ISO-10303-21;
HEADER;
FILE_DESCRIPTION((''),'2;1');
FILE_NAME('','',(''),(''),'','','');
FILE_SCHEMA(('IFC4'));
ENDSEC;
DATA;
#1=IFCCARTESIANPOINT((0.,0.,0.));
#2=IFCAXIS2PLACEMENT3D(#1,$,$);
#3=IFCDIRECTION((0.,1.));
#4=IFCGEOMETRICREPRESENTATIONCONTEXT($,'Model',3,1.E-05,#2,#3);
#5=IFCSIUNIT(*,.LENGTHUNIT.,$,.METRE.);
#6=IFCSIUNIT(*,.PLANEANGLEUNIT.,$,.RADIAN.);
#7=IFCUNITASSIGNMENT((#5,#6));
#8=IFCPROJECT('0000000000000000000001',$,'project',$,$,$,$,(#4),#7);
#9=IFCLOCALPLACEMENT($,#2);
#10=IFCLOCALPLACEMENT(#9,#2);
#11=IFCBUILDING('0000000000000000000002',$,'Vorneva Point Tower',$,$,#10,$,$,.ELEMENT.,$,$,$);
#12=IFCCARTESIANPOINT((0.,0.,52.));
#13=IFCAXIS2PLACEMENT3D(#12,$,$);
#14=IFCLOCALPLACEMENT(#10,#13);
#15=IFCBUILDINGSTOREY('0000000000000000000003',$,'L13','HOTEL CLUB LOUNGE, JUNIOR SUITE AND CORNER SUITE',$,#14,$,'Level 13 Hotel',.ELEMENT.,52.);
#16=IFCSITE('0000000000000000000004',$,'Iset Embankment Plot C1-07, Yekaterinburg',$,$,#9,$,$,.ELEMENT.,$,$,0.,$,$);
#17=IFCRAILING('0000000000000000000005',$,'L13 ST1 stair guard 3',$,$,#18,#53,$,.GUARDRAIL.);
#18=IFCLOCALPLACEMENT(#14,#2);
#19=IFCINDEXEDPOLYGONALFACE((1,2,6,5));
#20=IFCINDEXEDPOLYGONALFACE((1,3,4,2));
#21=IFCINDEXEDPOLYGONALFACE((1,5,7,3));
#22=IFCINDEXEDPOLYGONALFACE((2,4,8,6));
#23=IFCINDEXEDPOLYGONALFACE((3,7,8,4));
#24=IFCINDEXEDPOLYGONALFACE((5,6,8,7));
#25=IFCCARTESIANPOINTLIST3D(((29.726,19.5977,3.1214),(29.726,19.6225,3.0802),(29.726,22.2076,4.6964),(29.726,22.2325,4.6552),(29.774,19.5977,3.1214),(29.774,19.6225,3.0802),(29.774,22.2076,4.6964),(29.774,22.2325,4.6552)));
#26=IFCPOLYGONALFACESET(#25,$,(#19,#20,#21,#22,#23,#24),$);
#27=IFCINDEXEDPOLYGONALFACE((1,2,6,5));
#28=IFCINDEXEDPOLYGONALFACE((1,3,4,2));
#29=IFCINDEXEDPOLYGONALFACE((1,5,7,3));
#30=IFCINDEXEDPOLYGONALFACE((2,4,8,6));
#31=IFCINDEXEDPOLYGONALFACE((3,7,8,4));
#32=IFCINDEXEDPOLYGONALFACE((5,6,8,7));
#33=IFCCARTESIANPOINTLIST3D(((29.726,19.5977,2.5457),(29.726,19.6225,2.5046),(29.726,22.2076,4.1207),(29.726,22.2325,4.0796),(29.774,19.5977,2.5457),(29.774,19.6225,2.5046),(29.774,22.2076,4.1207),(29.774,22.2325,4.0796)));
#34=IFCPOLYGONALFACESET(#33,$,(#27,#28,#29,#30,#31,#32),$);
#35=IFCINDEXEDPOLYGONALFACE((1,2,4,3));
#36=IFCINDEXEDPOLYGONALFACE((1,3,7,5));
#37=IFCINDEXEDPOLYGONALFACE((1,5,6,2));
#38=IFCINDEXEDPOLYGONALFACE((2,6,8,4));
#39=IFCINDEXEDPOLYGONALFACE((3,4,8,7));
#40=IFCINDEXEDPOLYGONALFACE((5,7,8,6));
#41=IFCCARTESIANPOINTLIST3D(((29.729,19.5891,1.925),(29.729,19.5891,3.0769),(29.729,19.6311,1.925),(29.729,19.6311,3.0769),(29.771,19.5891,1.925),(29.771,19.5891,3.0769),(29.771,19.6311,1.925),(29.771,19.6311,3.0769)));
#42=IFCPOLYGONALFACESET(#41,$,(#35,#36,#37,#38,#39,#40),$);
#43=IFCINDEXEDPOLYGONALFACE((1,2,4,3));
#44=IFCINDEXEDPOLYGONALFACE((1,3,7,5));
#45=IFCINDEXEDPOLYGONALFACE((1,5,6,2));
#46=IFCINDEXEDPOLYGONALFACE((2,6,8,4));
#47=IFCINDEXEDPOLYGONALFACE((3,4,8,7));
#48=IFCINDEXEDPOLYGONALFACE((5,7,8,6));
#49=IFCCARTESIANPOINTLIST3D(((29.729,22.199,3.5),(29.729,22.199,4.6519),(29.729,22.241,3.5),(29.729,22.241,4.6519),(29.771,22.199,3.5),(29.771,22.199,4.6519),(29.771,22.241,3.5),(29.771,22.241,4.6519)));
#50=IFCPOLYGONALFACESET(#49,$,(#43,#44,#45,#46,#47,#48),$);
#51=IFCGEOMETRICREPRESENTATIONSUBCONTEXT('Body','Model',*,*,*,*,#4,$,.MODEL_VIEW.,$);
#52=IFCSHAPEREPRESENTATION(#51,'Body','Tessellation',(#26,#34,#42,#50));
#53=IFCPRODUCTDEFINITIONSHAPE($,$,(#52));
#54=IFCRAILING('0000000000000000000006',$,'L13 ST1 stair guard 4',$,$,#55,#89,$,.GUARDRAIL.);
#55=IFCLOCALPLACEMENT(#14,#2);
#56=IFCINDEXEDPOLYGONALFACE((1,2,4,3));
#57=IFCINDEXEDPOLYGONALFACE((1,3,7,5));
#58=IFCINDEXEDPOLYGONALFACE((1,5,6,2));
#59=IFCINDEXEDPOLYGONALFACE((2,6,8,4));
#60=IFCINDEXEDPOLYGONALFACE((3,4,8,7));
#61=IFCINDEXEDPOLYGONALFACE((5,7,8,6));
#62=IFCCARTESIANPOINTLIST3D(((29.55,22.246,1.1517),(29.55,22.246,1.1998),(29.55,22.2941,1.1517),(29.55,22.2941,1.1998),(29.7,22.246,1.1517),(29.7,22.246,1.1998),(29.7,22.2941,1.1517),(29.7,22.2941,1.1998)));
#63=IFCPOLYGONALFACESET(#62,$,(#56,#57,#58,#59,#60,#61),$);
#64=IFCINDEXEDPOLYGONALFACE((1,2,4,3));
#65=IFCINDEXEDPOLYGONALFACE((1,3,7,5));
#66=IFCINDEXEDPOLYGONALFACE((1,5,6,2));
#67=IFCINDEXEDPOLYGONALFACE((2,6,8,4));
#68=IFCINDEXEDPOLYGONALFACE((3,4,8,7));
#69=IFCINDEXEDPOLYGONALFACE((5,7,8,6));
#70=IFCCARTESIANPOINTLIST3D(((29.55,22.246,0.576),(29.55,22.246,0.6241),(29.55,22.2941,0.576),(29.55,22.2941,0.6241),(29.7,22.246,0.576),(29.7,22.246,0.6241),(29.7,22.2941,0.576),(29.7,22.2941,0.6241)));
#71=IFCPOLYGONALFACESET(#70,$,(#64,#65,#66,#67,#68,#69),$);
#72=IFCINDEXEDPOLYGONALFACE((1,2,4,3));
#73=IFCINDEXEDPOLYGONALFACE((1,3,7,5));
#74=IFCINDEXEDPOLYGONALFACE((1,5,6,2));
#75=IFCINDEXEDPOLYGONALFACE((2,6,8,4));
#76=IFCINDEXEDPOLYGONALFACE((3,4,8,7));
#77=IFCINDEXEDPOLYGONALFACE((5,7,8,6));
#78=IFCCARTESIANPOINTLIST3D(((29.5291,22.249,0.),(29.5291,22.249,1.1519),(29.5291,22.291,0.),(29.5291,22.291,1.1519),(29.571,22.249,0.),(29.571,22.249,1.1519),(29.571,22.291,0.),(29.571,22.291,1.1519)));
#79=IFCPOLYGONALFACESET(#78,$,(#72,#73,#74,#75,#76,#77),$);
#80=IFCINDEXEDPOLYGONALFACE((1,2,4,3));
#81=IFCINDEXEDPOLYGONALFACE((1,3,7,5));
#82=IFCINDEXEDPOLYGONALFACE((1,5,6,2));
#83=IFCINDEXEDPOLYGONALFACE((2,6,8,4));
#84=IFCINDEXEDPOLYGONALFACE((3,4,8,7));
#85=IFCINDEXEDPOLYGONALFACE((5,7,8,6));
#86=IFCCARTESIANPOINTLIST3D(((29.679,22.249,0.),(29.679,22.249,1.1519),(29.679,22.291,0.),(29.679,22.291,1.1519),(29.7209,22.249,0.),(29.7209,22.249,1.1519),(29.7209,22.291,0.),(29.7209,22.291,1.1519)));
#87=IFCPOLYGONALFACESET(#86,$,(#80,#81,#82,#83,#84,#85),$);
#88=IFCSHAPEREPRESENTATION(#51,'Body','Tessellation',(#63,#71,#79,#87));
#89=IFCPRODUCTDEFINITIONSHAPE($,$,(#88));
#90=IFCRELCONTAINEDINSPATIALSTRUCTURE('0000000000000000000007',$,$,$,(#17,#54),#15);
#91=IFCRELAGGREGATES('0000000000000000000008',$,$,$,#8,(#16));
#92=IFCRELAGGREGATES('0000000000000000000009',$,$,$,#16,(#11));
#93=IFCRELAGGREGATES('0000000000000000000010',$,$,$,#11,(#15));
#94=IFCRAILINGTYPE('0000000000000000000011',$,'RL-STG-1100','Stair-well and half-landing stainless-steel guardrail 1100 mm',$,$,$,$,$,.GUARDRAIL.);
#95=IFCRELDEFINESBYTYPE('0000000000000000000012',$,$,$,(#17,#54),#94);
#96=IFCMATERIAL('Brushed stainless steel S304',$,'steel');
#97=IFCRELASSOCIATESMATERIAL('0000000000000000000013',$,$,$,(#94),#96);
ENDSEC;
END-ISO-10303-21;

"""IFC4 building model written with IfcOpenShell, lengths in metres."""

from ifc_helpers import new_model, si_unit, direction, frame, origin, origin_2d, place, context, subcontext, project, spatial, rectangle, extrude, material, type_object, element, save


model = new_model("IFC4")

# Units and contexts
model_context = context("Model", 3, precision=1e-05, world=origin(), true_north=direction((0.0, 1.0)))
body_context = subcontext(model_context, "Body", "Model", "MODEL_VIEW")
ifc_project = project(units=[si_unit("LENGTHUNIT", "METRE"), si_unit("PLANEANGLEUNIT", "RADIAN")], contexts=[model_context])

# Site, building, storey
site_placement = place(None, origin())
site = spatial("IfcSite", under=ifc_project, at=site_placement, Name="Iset Embankment Plot C1-07, Yekaterinburg", CompositionType="ELEMENT", RefElevation=0.0)
building_placement = place(site_placement, origin())
building = spatial("IfcBuilding", under=site, at=building_placement, Name="Vorneva Point Tower", CompositionType="ELEMENT")
storey_placement = place(building_placement, frame((0.0, 0.0, 52.0)))
storey = spatial("IfcBuildingStorey", under=building, at=storey_placement, Name="L13", Description="HOTEL CLUB LOUNGE, JUNIOR SUITE AND CORNER SUITE", LongName="Level 13 Hotel", CompositionType="ELEMENT", Elevation=52.0)

# Railings
ifc_material_1 = material(Name="Brushed stainless steel S304", Category="steel")
railing_type_1 = type_object("IfcRailingType", Name="RL-STG-1100", Description="Stair-well and half-landing stainless-steel guardrail 1100 mm", PredefinedType="GUARDRAIL", material=ifc_material_1)
railing_1_placement = place(storey_placement, frame((29.75, 19.6101, 1.925)))
element("IfcRailing", 1, at=railing_1_placement, inside=storey, type_object=railing_type_1, Name="L13 ST1 stair guard 3", PredefinedType="GUARDRAIL", context=body_context, shape_type="SweptSolid", body=[
    extrude(rectangle(XDim=0.0481, YDim=0.0481, at=origin_2d()), frame((0.0, 0.0, 1.1758), z_axis=(0.0, 0.856183, 0.516673), x_axis=(-1.0, 0.0, 0.0)), (0.0, 0.0, 1.0), 3.0483),
    extrude(rectangle(XDim=0.0481, YDim=0.0481, at=origin_2d()), frame((0.0, 0.0, 0.6001), z_axis=(0.0, 0.856183, 0.516673), x_axis=(-1.0, 0.0, 0.0)), (0.0, 0.0, 1.0), 3.0483),
    extrude(rectangle(XDim=0.042, YDim=0.042, at=origin_2d()), origin(), (0.0, 0.0, 1.0), 1.1519),
    extrude(rectangle(XDim=0.042, YDim=0.042, at=origin_2d()), frame((0.0, 2.6099, 1.575)), (0.0, 0.0, 1.0), 1.1519),
])
railing_2_placement = place(storey_placement, frame((29.55, 22.27, 0.0)))
element("IfcRailing", 2, at=railing_2_placement, inside=storey, type_object=railing_type_1, Name="L13 ST1 stair guard 4", PredefinedType="GUARDRAIL", context=body_context, shape_type="SweptSolid", body=[
    extrude(rectangle(XDim=0.0481, YDim=0.0481, at=origin_2d()), frame((0.0, 0.0, 1.1758), z_axis=(1.0, 0.0, 0.0), x_axis=(0.0, 1.0, 0.0)), (0.0, 0.0, 1.0), 0.1499),
    extrude(rectangle(XDim=0.0481, YDim=0.0481, at=origin_2d()), frame((0.0, 0.0, 0.6001), z_axis=(1.0, 0.0, 0.0), x_axis=(0.0, 1.0, 0.0)), (0.0, 0.0, 1.0), 0.1499),
    extrude(rectangle(XDim=0.042, YDim=0.042, at=origin_2d()), origin(), (0.0, 0.0, 1.0), 1.1519),
    extrude(rectangle(XDim=0.042, YDim=0.042, at=origin_2d()), frame((0.1499, 0.0, 0.0)), (0.0, 0.0, 1.0), 1.1519),
])

save(model, "model.ifc")
